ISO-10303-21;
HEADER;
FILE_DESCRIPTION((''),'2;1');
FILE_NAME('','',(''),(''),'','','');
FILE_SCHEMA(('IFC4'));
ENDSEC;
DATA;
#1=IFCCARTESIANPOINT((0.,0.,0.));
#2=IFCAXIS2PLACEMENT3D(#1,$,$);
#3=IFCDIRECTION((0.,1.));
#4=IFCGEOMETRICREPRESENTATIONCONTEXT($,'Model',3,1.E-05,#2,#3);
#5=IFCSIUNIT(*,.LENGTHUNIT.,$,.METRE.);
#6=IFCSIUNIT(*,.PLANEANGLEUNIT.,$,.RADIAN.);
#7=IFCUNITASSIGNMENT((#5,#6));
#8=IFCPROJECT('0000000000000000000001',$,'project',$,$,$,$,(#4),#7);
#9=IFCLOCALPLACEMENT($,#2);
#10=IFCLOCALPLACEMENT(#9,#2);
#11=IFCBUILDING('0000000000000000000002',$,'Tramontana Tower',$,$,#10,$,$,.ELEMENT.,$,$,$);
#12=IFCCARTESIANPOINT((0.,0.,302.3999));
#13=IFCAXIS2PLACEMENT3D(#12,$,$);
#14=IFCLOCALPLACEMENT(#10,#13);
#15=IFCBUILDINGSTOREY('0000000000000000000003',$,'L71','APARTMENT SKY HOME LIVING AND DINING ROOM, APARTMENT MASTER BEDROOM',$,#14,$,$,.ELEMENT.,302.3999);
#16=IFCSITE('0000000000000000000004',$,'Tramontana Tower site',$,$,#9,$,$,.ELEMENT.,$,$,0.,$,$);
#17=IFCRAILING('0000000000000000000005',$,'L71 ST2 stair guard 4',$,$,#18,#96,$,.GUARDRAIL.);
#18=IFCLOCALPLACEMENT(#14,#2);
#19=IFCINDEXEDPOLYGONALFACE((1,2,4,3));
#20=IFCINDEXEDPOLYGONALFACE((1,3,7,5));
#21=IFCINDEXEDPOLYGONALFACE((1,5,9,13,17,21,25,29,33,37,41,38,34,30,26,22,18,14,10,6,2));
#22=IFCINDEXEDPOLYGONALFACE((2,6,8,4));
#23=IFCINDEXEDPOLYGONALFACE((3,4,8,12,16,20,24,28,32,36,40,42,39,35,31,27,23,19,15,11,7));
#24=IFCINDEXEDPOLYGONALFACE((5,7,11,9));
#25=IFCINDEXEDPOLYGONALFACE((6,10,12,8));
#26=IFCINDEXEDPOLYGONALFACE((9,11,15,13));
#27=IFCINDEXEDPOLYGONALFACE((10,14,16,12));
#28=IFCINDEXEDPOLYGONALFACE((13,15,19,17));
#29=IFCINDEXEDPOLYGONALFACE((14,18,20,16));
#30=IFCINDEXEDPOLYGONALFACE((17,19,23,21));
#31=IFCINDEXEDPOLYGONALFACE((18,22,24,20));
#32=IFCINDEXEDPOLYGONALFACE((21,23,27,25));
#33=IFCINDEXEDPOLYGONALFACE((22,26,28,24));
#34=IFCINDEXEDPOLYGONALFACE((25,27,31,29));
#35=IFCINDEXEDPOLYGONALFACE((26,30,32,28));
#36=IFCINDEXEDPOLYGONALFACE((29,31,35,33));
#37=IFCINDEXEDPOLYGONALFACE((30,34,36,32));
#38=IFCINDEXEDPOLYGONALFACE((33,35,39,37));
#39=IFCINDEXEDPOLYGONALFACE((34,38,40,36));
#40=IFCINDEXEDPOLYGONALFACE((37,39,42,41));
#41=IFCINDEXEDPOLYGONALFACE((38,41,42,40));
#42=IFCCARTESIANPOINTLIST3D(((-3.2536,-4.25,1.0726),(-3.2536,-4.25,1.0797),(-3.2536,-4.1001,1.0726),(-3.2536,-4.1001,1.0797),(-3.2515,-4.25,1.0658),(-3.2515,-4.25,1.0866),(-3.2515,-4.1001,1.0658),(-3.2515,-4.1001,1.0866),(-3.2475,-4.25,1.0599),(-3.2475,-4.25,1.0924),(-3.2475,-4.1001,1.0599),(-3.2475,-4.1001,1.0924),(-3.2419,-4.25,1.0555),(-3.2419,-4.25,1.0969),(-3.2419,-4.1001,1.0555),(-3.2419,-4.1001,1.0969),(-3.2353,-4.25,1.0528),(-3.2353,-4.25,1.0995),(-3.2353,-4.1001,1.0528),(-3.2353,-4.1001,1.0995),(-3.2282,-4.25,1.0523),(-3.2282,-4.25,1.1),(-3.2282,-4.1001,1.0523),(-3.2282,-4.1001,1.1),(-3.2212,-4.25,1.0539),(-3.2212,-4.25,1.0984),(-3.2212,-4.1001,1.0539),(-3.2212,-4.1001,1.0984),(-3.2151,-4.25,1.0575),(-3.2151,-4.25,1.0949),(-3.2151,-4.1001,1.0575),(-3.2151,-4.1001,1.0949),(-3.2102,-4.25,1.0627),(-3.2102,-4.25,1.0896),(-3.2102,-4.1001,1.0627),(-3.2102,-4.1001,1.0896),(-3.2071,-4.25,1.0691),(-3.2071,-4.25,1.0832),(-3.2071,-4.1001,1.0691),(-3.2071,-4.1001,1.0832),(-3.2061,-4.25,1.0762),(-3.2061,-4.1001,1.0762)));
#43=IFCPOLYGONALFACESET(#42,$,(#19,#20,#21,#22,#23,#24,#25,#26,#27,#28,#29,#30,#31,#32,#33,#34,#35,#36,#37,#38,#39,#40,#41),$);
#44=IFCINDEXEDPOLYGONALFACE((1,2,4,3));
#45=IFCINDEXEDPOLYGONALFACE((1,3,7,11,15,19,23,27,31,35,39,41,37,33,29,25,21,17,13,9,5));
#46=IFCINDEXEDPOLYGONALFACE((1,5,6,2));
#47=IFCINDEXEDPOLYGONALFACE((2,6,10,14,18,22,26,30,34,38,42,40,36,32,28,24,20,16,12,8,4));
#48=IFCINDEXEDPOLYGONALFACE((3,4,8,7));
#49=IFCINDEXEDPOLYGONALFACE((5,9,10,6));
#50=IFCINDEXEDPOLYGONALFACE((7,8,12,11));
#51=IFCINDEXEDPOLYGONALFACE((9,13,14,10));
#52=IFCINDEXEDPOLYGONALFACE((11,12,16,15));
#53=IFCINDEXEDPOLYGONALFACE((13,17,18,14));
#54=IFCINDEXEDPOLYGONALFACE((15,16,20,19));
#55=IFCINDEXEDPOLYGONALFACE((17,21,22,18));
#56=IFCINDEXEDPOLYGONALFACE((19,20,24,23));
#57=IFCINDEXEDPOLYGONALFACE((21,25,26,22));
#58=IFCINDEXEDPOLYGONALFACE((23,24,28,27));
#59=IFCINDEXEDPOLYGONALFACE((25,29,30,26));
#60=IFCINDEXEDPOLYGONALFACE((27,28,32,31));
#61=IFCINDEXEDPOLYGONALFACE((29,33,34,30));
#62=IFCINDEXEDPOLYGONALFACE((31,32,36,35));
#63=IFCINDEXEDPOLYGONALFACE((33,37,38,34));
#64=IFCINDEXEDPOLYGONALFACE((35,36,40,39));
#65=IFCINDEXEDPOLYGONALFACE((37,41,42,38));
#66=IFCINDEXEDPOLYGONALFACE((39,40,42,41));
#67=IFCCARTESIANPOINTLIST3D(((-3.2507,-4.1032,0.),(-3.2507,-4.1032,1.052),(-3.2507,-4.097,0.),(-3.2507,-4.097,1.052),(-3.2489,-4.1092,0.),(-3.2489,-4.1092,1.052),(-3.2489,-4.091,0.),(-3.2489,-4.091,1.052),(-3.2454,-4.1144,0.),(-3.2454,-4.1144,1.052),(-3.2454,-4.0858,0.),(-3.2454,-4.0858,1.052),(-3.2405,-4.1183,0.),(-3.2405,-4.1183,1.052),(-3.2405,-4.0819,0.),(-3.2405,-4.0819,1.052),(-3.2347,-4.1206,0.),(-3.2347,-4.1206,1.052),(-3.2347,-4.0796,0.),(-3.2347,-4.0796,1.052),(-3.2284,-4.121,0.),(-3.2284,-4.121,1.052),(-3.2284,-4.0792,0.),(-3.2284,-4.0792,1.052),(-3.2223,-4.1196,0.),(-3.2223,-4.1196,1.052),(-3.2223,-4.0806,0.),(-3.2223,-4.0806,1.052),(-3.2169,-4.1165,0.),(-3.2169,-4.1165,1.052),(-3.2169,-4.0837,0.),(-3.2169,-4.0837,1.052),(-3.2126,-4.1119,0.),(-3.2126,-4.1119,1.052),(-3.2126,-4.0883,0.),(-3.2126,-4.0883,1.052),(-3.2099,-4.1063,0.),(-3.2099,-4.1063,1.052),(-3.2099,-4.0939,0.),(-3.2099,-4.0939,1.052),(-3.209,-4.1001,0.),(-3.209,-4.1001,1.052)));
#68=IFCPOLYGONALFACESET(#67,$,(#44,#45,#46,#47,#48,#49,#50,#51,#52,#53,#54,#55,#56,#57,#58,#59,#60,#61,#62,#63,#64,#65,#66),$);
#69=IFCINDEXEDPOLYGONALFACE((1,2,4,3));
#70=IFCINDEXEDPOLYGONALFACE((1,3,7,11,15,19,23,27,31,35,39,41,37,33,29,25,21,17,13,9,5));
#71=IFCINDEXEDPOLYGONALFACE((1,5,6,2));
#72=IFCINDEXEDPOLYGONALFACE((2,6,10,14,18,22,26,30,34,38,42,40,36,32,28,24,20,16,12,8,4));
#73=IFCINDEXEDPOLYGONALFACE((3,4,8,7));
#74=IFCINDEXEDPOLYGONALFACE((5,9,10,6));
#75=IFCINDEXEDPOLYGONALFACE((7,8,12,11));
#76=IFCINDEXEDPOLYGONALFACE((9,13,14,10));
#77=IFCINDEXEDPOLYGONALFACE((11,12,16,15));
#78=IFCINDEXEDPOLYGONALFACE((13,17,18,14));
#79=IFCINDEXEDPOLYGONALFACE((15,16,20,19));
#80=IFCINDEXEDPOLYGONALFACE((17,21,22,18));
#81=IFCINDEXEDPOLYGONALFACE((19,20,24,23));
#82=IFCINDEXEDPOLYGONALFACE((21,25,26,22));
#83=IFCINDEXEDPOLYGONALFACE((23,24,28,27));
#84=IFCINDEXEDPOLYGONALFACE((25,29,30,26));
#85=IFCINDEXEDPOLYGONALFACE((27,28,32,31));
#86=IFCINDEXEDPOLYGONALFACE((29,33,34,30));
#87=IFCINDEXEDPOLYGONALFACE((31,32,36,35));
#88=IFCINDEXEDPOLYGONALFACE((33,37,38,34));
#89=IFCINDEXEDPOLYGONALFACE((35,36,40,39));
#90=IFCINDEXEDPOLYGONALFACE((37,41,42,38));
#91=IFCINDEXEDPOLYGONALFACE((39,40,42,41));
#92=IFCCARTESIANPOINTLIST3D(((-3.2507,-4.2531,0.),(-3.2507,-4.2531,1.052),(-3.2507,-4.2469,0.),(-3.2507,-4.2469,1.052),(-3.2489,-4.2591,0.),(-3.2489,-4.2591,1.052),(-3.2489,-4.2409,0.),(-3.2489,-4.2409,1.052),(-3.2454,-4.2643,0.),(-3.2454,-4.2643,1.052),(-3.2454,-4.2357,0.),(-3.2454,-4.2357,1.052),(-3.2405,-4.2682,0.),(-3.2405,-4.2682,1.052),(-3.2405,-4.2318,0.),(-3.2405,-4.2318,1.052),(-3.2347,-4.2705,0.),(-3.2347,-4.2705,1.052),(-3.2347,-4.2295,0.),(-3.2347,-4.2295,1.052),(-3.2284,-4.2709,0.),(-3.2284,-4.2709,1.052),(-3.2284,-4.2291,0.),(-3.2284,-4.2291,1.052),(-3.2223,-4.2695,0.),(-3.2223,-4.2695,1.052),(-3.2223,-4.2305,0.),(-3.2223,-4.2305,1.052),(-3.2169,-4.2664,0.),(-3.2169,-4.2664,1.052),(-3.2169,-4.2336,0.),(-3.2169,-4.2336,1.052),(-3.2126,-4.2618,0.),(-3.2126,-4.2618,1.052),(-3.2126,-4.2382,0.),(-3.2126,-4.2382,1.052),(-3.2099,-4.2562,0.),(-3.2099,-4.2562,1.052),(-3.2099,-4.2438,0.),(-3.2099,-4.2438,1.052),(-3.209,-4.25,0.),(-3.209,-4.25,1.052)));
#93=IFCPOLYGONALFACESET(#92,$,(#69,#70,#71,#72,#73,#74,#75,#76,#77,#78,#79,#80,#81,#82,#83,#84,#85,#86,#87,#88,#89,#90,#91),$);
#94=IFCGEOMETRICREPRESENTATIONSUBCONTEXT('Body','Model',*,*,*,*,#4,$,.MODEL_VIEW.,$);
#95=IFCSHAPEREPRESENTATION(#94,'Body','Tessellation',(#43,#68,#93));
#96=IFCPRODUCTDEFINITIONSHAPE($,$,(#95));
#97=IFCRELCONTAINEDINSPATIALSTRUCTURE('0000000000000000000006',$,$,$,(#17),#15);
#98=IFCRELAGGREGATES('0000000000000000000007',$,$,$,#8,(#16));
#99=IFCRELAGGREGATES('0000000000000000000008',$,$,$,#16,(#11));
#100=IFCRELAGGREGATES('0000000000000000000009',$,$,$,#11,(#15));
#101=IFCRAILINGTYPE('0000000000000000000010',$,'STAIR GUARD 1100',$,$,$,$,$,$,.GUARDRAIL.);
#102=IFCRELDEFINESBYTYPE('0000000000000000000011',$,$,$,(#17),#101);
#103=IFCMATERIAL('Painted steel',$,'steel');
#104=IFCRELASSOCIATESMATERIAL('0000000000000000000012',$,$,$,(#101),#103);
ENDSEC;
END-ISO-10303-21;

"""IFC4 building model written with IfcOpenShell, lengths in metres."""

from ifc_helpers import new_model, si_unit, direction, frame, origin, origin_2d, place, context, subcontext, project, spatial, circle, extrude, material, type_object, element, save


model = new_model("IFC4")

# Units and contexts
model_context = context("Model", 3, precision=1e-05, world=origin(), true_north=direction((0.0, 1.0)))
body_context = subcontext(model_context, "Body", "Model", "MODEL_VIEW")
ifc_project = project(units=[si_unit("LENGTHUNIT", "METRE"), si_unit("PLANEANGLEUNIT", "RADIAN")], contexts=[model_context])

# Site, building, storey
site_placement = place(None, origin())
site = spatial("IfcSite", under=ifc_project, at=site_placement, Name="Tramontana Tower site", CompositionType="ELEMENT", RefElevation=0.0)
building_placement = place(site_placement, origin())
building = spatial("IfcBuilding", under=site, at=building_placement, Name="Tramontana Tower", CompositionType="ELEMENT")
storey_placement = place(building_placement, frame((0.0, 0.0, 302.3999)))
storey = spatial("IfcBuildingStorey", under=building, at=storey_placement, Name="L71", Description="APARTMENT SKY HOME LIVING AND DINING ROOM, APARTMENT MASTER BEDROOM", CompositionType="ELEMENT", Elevation=302.3999)

# Railing
ifc_material_1 = material(Name="Painted steel", Category="steel")
railing_type_1 = type_object("IfcRailingType", Name="STAIR GUARD 1100", PredefinedType="GUARDRAIL", material=ifc_material_1)
railing_1_placement = place(storey_placement, frame((-3.23, -4.1001, 0.0)))
element("IfcRailing", 1, at=railing_1_placement, inside=storey, type_object=railing_type_1, Name="L71 ST2 stair guard 4", PredefinedType="GUARDRAIL", context=body_context, shape_type="SweptSolid", body=[
    extrude(circle(Radius=0.0239, at=origin_2d()), frame((0.0, 0.0, 1.0762), z_axis=(0.0, -1.0, 0.0), x_axis=(1.0, 0.0, 0.0)), (0.0, 0.0, 1.0), 0.1499),
    extrude(circle(Radius=0.021, at=origin_2d()), origin(), (0.0, 0.0, 1.0), 1.052),
    extrude(circle(Radius=0.021, at=origin_2d()), frame((0.0, -0.1499, 0.0)), (0.0, 0.0, 1.0), 1.052),
])

save(model, "model.ifc")
